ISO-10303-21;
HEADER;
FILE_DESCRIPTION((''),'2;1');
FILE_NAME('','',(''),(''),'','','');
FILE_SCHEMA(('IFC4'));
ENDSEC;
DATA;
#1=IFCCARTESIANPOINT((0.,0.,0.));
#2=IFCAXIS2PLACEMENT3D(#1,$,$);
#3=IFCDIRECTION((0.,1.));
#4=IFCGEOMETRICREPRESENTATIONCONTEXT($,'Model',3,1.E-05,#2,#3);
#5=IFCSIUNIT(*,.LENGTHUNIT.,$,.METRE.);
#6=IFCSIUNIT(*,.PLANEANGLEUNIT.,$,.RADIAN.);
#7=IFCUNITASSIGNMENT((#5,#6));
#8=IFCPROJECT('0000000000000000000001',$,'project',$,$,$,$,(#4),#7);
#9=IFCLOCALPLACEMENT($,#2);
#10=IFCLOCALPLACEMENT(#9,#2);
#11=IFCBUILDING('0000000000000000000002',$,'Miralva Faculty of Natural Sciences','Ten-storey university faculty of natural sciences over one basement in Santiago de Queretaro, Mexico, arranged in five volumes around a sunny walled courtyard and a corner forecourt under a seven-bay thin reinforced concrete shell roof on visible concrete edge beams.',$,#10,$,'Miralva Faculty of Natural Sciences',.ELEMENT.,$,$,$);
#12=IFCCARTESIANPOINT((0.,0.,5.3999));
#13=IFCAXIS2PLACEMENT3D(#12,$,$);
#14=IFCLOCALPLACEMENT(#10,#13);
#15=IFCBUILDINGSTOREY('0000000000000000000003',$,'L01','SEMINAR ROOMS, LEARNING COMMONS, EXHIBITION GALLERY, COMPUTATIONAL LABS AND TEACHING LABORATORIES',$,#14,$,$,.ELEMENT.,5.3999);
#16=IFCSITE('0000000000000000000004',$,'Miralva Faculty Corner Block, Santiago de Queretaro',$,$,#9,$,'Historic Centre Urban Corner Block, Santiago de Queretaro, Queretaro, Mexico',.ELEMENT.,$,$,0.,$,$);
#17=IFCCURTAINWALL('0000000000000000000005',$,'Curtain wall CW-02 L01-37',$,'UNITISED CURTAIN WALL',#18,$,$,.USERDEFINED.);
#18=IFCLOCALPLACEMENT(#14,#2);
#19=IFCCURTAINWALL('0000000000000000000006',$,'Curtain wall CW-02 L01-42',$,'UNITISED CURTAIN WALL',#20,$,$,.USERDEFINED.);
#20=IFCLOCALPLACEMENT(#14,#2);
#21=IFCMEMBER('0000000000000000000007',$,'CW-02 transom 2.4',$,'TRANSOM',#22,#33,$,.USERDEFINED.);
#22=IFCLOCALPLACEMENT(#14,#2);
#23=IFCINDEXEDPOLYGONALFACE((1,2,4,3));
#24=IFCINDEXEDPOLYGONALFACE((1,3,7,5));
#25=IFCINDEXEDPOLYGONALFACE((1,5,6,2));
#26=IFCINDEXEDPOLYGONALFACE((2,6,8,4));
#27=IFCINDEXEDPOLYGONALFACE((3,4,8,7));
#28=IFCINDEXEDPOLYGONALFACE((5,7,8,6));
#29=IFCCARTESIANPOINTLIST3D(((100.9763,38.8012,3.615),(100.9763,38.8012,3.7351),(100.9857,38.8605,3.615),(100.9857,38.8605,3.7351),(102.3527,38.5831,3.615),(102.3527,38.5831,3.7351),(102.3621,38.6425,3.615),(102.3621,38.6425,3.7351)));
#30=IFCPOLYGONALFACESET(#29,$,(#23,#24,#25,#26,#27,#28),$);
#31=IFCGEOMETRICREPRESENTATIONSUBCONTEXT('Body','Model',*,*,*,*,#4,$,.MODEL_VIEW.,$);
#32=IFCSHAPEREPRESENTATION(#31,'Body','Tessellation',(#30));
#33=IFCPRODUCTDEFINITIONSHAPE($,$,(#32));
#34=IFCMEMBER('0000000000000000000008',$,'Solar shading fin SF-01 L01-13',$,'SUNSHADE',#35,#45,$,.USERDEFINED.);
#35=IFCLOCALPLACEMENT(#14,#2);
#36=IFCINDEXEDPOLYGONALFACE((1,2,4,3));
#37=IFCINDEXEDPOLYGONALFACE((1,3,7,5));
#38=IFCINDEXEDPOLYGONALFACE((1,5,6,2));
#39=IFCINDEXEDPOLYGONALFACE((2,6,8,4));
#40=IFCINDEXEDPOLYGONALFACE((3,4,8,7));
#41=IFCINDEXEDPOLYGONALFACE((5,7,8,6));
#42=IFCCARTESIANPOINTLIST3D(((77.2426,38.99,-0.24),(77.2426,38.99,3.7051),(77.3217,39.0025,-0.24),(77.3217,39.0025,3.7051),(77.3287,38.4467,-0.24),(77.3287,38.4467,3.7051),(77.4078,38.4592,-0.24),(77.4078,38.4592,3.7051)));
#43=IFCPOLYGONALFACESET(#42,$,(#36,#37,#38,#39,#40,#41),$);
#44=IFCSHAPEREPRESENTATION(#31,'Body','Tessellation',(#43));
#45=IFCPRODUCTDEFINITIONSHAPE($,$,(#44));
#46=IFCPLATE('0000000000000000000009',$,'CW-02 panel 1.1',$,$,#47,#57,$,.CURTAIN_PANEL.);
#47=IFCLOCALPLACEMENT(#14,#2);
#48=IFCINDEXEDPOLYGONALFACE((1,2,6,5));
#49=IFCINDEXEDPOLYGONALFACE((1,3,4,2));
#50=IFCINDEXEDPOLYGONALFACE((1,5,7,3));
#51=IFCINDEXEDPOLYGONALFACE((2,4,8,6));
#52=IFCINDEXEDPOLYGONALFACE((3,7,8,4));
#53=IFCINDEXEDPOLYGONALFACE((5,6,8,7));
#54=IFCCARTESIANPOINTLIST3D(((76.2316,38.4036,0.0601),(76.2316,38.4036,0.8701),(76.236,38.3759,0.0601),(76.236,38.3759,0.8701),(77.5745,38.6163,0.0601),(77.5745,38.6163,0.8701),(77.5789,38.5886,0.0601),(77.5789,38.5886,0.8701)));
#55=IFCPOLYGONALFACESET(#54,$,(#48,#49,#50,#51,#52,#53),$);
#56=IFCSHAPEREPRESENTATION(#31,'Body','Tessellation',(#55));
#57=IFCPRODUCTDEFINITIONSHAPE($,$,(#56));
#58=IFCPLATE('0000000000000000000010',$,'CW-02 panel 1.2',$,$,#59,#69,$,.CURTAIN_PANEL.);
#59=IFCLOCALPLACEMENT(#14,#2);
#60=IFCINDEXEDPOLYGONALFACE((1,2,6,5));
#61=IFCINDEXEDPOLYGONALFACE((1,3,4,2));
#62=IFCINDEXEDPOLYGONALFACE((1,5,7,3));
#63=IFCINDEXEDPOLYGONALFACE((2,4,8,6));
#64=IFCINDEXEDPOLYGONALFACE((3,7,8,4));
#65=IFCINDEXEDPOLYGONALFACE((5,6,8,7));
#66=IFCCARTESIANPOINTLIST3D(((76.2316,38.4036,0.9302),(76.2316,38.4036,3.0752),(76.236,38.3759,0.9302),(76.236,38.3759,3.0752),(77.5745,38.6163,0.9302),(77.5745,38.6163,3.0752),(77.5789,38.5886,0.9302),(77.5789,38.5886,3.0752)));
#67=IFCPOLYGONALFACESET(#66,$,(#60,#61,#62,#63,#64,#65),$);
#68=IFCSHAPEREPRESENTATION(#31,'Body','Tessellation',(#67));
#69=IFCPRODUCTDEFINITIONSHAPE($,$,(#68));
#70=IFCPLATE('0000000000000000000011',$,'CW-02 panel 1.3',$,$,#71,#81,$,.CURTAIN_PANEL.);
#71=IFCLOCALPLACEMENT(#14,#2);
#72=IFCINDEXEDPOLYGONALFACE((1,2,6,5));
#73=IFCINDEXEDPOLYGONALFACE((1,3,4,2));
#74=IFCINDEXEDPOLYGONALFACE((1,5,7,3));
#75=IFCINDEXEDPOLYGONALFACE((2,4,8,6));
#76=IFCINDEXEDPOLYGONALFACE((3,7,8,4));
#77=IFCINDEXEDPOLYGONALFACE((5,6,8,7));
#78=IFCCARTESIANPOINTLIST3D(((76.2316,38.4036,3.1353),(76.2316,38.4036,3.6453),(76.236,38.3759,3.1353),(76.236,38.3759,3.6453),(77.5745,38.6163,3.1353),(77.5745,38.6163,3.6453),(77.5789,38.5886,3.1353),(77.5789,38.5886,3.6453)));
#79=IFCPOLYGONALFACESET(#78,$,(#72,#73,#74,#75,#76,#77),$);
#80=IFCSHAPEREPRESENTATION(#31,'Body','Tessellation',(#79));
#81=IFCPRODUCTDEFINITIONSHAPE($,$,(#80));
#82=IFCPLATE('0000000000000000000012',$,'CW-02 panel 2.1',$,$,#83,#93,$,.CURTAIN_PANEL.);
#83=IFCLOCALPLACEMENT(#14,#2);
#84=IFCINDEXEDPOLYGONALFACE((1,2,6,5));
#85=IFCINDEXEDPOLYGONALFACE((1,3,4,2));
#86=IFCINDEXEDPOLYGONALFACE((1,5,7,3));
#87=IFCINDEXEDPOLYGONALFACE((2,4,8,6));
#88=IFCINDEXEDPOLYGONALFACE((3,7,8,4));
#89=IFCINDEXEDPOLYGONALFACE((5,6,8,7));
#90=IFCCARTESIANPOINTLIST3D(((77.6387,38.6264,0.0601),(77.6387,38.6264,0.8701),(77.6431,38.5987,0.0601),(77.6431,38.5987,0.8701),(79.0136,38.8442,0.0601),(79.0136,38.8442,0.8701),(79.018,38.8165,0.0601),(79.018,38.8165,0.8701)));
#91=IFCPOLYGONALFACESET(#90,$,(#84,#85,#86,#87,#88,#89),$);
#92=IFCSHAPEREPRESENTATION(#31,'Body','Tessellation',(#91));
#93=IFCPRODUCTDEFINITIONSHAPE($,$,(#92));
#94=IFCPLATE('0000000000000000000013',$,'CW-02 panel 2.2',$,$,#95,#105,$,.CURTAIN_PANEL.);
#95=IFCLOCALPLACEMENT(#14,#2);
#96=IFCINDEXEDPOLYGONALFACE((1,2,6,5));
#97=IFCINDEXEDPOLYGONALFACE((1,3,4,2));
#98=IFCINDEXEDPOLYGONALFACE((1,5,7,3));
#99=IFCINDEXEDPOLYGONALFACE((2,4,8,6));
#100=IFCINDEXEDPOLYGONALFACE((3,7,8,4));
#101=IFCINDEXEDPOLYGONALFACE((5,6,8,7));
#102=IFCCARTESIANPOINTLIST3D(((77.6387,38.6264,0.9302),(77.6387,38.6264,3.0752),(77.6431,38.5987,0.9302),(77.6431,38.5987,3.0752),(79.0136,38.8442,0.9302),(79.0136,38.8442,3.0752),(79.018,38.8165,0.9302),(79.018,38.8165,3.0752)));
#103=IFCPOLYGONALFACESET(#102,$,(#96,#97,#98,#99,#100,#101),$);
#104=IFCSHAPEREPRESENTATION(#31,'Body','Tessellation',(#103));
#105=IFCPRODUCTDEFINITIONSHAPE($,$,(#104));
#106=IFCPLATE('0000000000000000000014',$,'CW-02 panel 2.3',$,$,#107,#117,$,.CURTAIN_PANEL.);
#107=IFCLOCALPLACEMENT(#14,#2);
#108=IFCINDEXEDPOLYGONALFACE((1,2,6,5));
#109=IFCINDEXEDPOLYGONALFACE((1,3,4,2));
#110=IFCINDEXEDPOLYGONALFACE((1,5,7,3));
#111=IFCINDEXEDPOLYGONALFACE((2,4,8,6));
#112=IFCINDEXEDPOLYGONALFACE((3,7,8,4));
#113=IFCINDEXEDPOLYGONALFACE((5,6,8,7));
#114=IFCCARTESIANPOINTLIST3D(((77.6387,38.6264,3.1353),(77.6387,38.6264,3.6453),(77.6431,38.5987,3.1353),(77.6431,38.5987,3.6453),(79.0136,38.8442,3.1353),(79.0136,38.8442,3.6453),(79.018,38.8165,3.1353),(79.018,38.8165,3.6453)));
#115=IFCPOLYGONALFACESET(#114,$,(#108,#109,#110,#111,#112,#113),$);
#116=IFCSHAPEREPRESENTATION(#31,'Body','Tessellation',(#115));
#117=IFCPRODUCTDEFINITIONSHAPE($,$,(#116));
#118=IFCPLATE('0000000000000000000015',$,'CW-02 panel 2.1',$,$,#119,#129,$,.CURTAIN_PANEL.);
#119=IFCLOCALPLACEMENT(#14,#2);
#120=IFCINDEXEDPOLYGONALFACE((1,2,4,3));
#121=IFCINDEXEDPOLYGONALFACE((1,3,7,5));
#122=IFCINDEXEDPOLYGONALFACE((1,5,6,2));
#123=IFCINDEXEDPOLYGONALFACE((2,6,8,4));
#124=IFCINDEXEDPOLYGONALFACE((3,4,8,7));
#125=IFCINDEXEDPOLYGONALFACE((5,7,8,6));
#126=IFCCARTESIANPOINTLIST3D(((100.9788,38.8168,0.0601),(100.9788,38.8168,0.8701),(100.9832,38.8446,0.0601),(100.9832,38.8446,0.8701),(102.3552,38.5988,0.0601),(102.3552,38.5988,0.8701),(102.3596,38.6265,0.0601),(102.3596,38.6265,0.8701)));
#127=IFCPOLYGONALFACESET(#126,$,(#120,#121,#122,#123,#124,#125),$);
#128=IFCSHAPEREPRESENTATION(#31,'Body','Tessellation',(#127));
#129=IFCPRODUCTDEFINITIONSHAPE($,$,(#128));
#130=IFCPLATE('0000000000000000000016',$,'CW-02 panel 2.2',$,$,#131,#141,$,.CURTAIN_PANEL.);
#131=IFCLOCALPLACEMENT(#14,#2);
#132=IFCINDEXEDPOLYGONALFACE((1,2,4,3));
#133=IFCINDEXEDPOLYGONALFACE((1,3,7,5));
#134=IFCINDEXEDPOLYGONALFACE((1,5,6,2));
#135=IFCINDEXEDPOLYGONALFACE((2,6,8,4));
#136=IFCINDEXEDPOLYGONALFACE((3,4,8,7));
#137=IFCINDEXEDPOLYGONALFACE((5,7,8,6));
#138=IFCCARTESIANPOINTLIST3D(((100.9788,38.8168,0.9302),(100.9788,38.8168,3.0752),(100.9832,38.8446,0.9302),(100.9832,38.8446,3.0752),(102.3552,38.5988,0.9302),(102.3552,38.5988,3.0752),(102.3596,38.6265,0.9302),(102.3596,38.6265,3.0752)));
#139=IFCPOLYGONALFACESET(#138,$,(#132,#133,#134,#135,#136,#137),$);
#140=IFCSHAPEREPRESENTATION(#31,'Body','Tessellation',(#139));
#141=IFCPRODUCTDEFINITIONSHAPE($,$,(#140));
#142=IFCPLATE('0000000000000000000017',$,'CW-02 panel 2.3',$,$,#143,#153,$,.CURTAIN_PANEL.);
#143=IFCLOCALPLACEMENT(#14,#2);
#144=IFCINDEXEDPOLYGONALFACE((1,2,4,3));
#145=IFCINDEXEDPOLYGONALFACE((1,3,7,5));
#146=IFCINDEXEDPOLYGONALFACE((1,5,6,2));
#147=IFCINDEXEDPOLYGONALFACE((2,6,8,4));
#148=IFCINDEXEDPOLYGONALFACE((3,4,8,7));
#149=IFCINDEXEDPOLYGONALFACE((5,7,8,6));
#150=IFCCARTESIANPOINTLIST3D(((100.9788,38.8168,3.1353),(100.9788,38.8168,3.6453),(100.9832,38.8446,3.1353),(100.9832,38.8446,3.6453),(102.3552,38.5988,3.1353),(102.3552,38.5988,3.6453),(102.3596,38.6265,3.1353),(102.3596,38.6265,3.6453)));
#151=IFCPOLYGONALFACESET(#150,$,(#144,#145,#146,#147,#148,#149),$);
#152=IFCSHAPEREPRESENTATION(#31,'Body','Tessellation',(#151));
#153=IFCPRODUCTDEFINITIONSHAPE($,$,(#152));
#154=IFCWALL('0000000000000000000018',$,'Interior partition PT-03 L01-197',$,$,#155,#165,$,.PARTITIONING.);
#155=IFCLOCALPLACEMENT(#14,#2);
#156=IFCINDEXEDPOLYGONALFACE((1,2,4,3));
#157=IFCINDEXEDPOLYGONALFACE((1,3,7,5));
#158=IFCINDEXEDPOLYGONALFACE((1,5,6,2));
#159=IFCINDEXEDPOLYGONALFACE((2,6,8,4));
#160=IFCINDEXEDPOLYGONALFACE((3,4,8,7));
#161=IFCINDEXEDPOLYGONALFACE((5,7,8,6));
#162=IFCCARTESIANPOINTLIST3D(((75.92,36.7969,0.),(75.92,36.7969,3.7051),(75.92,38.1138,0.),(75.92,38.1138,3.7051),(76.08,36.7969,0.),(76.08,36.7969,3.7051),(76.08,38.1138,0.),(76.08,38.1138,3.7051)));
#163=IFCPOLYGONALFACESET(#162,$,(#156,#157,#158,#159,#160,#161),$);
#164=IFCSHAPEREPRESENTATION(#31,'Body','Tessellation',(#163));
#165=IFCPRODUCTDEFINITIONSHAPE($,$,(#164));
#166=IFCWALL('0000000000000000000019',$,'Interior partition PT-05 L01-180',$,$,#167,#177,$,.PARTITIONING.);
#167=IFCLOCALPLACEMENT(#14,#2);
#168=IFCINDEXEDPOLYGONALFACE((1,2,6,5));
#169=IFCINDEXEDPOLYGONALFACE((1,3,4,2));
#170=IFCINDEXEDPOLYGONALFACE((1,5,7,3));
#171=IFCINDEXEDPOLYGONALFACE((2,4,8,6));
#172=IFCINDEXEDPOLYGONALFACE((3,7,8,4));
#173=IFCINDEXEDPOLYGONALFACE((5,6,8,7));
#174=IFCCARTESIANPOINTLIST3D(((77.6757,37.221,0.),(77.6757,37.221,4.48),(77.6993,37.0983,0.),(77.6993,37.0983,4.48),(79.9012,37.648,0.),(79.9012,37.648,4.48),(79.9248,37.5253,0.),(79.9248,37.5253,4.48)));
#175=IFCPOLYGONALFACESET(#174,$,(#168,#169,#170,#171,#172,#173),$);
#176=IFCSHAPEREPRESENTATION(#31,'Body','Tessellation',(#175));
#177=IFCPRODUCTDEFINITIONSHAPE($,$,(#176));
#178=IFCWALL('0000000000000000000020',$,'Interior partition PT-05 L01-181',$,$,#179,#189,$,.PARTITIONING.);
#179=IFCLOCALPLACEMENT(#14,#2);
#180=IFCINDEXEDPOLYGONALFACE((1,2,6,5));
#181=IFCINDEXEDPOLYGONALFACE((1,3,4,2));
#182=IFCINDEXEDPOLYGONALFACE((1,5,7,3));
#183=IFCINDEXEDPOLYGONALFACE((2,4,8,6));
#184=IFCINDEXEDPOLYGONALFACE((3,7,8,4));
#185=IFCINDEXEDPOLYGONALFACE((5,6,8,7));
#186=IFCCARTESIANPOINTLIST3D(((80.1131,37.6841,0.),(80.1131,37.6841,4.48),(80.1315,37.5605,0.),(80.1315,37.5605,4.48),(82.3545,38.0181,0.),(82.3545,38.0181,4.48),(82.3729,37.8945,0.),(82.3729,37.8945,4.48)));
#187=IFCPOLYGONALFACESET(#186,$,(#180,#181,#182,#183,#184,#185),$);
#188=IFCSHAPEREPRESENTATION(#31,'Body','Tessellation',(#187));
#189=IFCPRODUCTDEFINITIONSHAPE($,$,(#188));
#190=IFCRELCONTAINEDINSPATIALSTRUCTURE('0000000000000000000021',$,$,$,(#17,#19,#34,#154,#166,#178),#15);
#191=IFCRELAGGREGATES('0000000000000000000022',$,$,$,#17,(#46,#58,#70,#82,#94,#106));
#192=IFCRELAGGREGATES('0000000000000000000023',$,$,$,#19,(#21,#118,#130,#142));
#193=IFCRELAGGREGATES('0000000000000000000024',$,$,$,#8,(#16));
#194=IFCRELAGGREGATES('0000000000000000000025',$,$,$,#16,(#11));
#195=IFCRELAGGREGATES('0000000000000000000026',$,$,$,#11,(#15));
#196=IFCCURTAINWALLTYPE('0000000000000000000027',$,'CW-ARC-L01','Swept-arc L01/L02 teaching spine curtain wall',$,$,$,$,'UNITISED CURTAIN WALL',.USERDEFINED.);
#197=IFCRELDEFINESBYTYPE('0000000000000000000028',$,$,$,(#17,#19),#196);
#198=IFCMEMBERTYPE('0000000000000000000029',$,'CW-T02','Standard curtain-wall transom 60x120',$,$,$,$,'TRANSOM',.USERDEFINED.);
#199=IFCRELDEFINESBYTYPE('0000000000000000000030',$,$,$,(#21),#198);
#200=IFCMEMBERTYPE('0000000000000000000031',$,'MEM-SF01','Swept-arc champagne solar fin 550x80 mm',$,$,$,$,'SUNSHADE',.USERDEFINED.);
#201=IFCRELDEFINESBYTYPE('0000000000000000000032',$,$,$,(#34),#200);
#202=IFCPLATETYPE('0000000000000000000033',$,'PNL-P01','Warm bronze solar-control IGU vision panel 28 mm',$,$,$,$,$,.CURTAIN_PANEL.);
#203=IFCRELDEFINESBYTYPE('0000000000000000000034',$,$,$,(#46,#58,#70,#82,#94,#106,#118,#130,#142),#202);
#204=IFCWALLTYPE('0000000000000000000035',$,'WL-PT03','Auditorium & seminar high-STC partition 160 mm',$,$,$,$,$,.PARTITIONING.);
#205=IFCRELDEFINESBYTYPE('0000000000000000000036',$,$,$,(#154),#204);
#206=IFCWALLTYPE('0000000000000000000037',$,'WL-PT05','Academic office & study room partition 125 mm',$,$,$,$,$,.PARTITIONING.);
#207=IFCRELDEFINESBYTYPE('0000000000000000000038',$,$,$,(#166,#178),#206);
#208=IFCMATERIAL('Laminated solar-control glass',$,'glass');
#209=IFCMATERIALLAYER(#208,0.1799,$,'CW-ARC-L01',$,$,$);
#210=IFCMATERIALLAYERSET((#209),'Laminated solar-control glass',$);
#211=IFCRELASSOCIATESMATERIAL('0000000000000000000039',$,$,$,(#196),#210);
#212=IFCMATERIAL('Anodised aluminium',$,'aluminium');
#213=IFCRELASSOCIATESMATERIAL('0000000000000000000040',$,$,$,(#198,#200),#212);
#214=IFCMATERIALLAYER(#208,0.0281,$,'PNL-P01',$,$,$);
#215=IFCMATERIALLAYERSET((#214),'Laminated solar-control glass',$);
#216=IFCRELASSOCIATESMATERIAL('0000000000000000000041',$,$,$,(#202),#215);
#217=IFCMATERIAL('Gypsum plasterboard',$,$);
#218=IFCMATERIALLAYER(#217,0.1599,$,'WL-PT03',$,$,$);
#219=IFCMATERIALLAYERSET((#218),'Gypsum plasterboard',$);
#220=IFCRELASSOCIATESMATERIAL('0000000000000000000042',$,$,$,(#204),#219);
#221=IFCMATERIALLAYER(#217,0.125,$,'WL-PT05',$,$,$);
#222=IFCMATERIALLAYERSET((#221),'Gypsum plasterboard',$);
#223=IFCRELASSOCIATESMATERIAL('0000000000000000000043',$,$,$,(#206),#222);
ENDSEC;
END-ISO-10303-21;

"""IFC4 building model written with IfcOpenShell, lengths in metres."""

from ifc_helpers import new_model, si_unit, direction, frame, frame_2d, origin, origin_2d, place, context, subcontext, project, spatial, rectangle, extrude, material, layer, layer_set, material_profile, profile_set, type_object, element, aggregate, save


model = new_model("IFC4")

# Units and contexts
model_context = context("Model", 3, precision=1e-05, world=origin(), true_north=direction((0.0, 1.0)))
body_context = subcontext(model_context, "Body", "Model", "MODEL_VIEW")
ifc_project = project(units=[si_unit("LENGTHUNIT", "METRE"), si_unit("PLANEANGLEUNIT", "RADIAN")], contexts=[model_context])

# Site, building, storey
site_placement = place(None, origin())
site = spatial("IfcSite", under=ifc_project, at=site_placement, Name="Miralva Faculty Corner Block, Santiago de Queretaro", LongName="Historic Centre Urban Corner Block, Santiago de Queretaro, Queretaro, Mexico", CompositionType="ELEMENT", RefElevation=0.0)
building_placement = place(site_placement, origin())
building = spatial("IfcBuilding", under=site, at=building_placement, Name="Miralva Faculty of Natural Sciences", Description="Ten-storey university faculty of natural sciences over one basement in Santiago de Queretaro, Mexico, arranged in five volumes around a sunny walled courtyard and a corner forecourt under a seven-bay thin reinforced concrete shell roof on visible concrete edge beams.", LongName="Miralva Faculty of Natural Sciences", CompositionType="ELEMENT")
storey_placement = place(building_placement, frame((0.0, 0.0, 5.3999)))
storey = spatial("IfcBuildingStorey", under=building, at=storey_placement, Name="L01", Description="SEMINAR ROOMS, LEARNING COMMONS, EXHIBITION GALLERY, COMPUTATIONAL LABS AND TEACHING LABORATORIES", CompositionType="ELEMENT", Elevation=5.3999)

# Curtain walls, member
ifc_material_1 = material(Name="Laminated solar-control glass", Category="glass")
ifc_layer_1 = layer(ifc_material_1, 0.1799, Name="CW-ARC-L01")
ifc_layer_set_1 = layer_set([ifc_layer_1], Name="Laminated solar-control glass")
curtain_wall_type = type_object("IfcCurtainWallType", Name="CW-ARC-L01", Description="Swept-arc L01/L02 teaching spine curtain wall", ElementType="UNITISED CURTAIN WALL", PredefinedType="USERDEFINED", material=ifc_layer_set_1)
curtain_wall_1_placement = place(storey_placement, origin())
curtain_wall_1 = element("IfcCurtainWall", 1, at=curtain_wall_1_placement, inside=storey, type_object=curtain_wall_type, Name="Curtain wall CW-02 L01-37", ObjectType="UNITISED CURTAIN WALL", PredefinedType="USERDEFINED")
ifc_material_2 = material(Name="Anodised aluminium", Category="aluminium")
ifc_material_profile_1 = material_profile(ifc_material_2, rectangle(XDim=0.0601, YDim=0.1201, at=origin_2d()), Name="TRANSOM 60x120")
ifc_profile_set_1 = profile_set([ifc_material_profile_1], Name="Anodised aluminium")
member_type_1 = type_object("IfcMemberType", Name="CW-T02", Description="Standard curtain-wall transom 60x120", ElementType="TRANSOM", PredefinedType="USERDEFINED", material=ifc_profile_set_1)
curtain_wall_2_placement = place(storey_placement, origin())
curtain_wall_2 = element("IfcCurtainWall", 2, at=curtain_wall_2_placement, inside=storey, type_object=curtain_wall_type, Name="Curtain wall CW-02 L01-42", ObjectType="UNITISED CURTAIN WALL", PredefinedType="USERDEFINED")
member_1_placement = place(storey_placement, frame((100.981, 38.8308, 3.675), z_axis=(0.987688, -0.156439, 0.0), x_axis=(0.156439, 0.987688, 0.0)))
member_1 = element("IfcMember", 3, at=member_1_placement, type_object=member_type_1, Name="CW-02 transom 2.4", ObjectType="TRANSOM", PredefinedType="USERDEFINED", context=body_context, shape_type="SweptSolid", body=[
    extrude(rectangle(XDim=0.0601, YDim=0.1201, at=origin_2d()), origin(), (0.0, 0.0, 1.0), 1.3936),
])

# Member
ifc_material_profile_2 = material_profile(ifc_material_2, rectangle(XDim=0.0801, YDim=0.55, at=origin_2d()), Name="FIN 550x80")
ifc_profile_set_2 = profile_set([ifc_material_profile_2], Name="Anodised aluminium")
member_type_2 = type_object("IfcMemberType", Name="MEM-SF01", Description="Swept-arc champagne solar fin 550x80 mm", ElementType="SUNSHADE", PredefinedType="USERDEFINED", material=ifc_profile_set_2)
member_2_placement = place(storey_placement, frame((77.3252, 38.7246, -0.24), z_axis=(0.0, 0.0, 1.0), x_axis=(-0.987688, -0.156434, 0.0)))
element("IfcMember", 4, at=member_2_placement, inside=storey, type_object=member_type_2, Name="Solar shading fin SF-01 L01-13", ObjectType="SUNSHADE", PredefinedType="USERDEFINED", context=body_context, shape_type="SweptSolid", body=[
    extrude(rectangle(XDim=0.0801, YDim=0.55, at=origin_2d()), origin(), (0.0, 0.0, 1.0), 3.9451),
])

# Plates
ifc_layer_2 = layer(ifc_material_1, 0.0281, Name="PNL-P01")
ifc_layer_set_2 = layer_set([ifc_layer_2], Name="Laminated solar-control glass")
plate_type = type_object("IfcPlateType", Name="PNL-P01", Description="Warm bronze solar-control IGU vision panel 28 mm", PredefinedType="CURTAIN_PANEL", material=ifc_layer_set_2)
plate_1_placement = place(storey_placement, frame((76.9053, 38.4961, 0.0601), z_axis=(0.0, 0.0, 1.0), x_axis=(0.987688, 0.15644, 0.0)))
plate_1 = element("IfcPlate", 5, at=plate_1_placement, type_object=plate_type, Name="CW-02 panel 1.1", PredefinedType="CURTAIN_PANEL", context=body_context, shape_type="SweptSolid", body=[
    extrude(rectangle(XDim=1.3596, YDim=0.0281, at=origin_2d()), origin(), (0.0, 0.0, 1.0), 0.8101),
])
plate_2_placement = place(storey_placement, frame((76.9053, 38.4961, 0.9302), z_axis=(0.0, 0.0, 1.0), x_axis=(0.987688, 0.15644, 0.0)))
plate_2 = element("IfcPlate", 6, at=plate_2_placement, type_object=plate_type, Name="CW-02 panel 1.2", PredefinedType="CURTAIN_PANEL", context=body_context, shape_type="SweptSolid", body=[
    extrude(rectangle(XDim=1.3596, YDim=0.0281, at=origin_2d()), origin(), (0.0, 0.0, 1.0), 2.145),
])
plate_3_placement = place(storey_placement, frame((76.9053, 38.4961, 3.1353), z_axis=(0.0, 0.0, 1.0), x_axis=(0.987688, 0.15644, 0.0)))
plate_3 = element("IfcPlate", 7, at=plate_3_placement, type_object=plate_type, Name="CW-02 panel 1.3", PredefinedType="CURTAIN_PANEL", context=body_context, shape_type="SweptSolid", body=[
    extrude(rectangle(XDim=1.3596, YDim=0.0281, at=origin_2d()), origin(), (0.0, 0.0, 1.0), 0.51),
])
plate_4_placement = place(storey_placement, frame((78.3284, 38.7214, 0.0601), z_axis=(0.0, 0.0, 1.0), x_axis=(0.987688, 0.15644, 0.0)))
plate_4 = element("IfcPlate", 8, at=plate_4_placement, type_object=plate_type, Name="CW-02 panel 2.1", PredefinedType="CURTAIN_PANEL", context=body_context, shape_type="SweptSolid", body=[
    extrude(rectangle(XDim=1.3921, YDim=0.0281, at=origin_2d()), origin(), (0.0, 0.0, 1.0), 0.8101),
])
plate_5_placement = place(storey_placement, frame((78.3284, 38.7214, 0.9302), z_axis=(0.0, 0.0, 1.0), x_axis=(0.987688, 0.15644, 0.0)))
plate_5 = element("IfcPlate", 9, at=plate_5_placement, type_object=plate_type, Name="CW-02 panel 2.2", PredefinedType="CURTAIN_PANEL", context=body_context, shape_type="SweptSolid", body=[
    extrude(rectangle(XDim=1.3921, YDim=0.0281, at=origin_2d()), origin(), (0.0, 0.0, 1.0), 2.145),
])
plate_6_placement = place(storey_placement, frame((78.3284, 38.7214, 3.1353), z_axis=(0.0, 0.0, 1.0), x_axis=(0.987688, 0.15644, 0.0)))
plate_6 = element("IfcPlate", 10, at=plate_6_placement, type_object=plate_type, Name="CW-02 panel 2.3", PredefinedType="CURTAIN_PANEL", context=body_context, shape_type="SweptSolid", body=[
    extrude(rectangle(XDim=1.3921, YDim=0.0281, at=origin_2d()), origin(), (0.0, 0.0, 1.0), 0.51),
])
aggregate(curtain_wall_1, [plate_1, plate_2, plate_3, plate_4, plate_5, plate_6])
plate_7_placement = place(storey_placement, frame((101.6692, 38.7217, 0.0601), z_axis=(0.0, 0.0, 1.0), x_axis=(0.987687, -0.156445, 0.0)))
plate_7 = element("IfcPlate", 11, at=plate_7_placement, type_object=plate_type, Name="CW-02 panel 2.1", PredefinedType="CURTAIN_PANEL", context=body_context, shape_type="SweptSolid", body=[
    extrude(rectangle(XDim=1.3936, YDim=0.0281, at=origin_2d()), origin(), (0.0, 0.0, 1.0), 0.8101),
])
plate_8_placement = place(storey_placement, frame((101.6692, 38.7217, 0.9302), z_axis=(0.0, 0.0, 1.0), x_axis=(0.987687, -0.156445, 0.0)))
plate_8 = element("IfcPlate", 12, at=plate_8_placement, type_object=plate_type, Name="CW-02 panel 2.2", PredefinedType="CURTAIN_PANEL", context=body_context, shape_type="SweptSolid", body=[
    extrude(rectangle(XDim=1.3936, YDim=0.0281, at=origin_2d()), origin(), (0.0, 0.0, 1.0), 2.145),
])
plate_9_placement = place(storey_placement, frame((101.6692, 38.7217, 3.1353), z_axis=(0.0, 0.0, 1.0), x_axis=(0.987687, -0.156445, 0.0)))
plate_9 = element("IfcPlate", 13, at=plate_9_placement, type_object=plate_type, Name="CW-02 panel 2.3", PredefinedType="CURTAIN_PANEL", context=body_context, shape_type="SweptSolid", body=[
    extrude(rectangle(XDim=1.3936, YDim=0.0281, at=origin_2d()), origin(), (0.0, 0.0, 1.0), 0.51),
])
aggregate(curtain_wall_2, [member_1, plate_7, plate_8, plate_9])

# Walls
ifc_material_3 = material(Name="Gypsum plasterboard")
ifc_layer_3 = layer(ifc_material_3, 0.1599, Name="WL-PT03")
ifc_layer_set_3 = layer_set([ifc_layer_3], Name="Gypsum plasterboard")
wall_type_1 = type_object("IfcWallType", Name="WL-PT03", Description="Auditorium & seminar high-STC partition 160 mm", PredefinedType="PARTITIONING", material=ifc_layer_set_3)
wall_1_placement = place(storey_placement, frame((76.0, 36.7969, 0.0), z_axis=(0.0, 0.0, 1.0), x_axis=(0.0, 1.0, 0.0)))
element("IfcWall", 14, at=wall_1_placement, inside=storey, type_object=wall_type_1, Name="Interior partition PT-03 L01-197", PredefinedType="PARTITIONING", context=body_context, shape_type="SweptSolid", body=[
    extrude(rectangle(XDim=1.3169, YDim=0.1599, at=frame_2d((0.6584, 0.0))), origin(), (0.0, 0.0, 1.0), 3.7051),
])
ifc_layer_4 = layer(ifc_material_3, 0.125, Name="WL-PT05")
ifc_layer_set_4 = layer_set([ifc_layer_4], Name="Gypsum plasterboard")
wall_type_2 = type_object("IfcWallType", Name="WL-PT05", Description="Academic office & study room partition 125 mm", PredefinedType="PARTITIONING", material=ifc_layer_set_4)
for number, where, z_axis, x_axis, name in (
    (15, (77.6875, 37.1597, 0.0), (0.0, 0.0, 1.0), (0.982088, 0.188424, 0.0), "Interior partition PT-05 L01-180"),
    (16, (80.1223, 37.6223, 0.0), (0.0, 0.0, 1.0), (0.98908, 0.147376, 0.0), "Interior partition PT-05 L01-181"),
):
    element("IfcWall", number, at=place(storey_placement, frame(where, z_axis=z_axis, x_axis=x_axis)), inside=storey, type_object=wall_type_2, Name=name, PredefinedType="PARTITIONING", context=body_context, shape_type="SweptSolid", body=[
        extrude(rectangle(XDim=2.2661, YDim=0.125, at=frame_2d((1.1331, 0.0))), origin(), (0.0, 0.0, 1.0), 4.48),
    ])

save(model, "model.ifc")
